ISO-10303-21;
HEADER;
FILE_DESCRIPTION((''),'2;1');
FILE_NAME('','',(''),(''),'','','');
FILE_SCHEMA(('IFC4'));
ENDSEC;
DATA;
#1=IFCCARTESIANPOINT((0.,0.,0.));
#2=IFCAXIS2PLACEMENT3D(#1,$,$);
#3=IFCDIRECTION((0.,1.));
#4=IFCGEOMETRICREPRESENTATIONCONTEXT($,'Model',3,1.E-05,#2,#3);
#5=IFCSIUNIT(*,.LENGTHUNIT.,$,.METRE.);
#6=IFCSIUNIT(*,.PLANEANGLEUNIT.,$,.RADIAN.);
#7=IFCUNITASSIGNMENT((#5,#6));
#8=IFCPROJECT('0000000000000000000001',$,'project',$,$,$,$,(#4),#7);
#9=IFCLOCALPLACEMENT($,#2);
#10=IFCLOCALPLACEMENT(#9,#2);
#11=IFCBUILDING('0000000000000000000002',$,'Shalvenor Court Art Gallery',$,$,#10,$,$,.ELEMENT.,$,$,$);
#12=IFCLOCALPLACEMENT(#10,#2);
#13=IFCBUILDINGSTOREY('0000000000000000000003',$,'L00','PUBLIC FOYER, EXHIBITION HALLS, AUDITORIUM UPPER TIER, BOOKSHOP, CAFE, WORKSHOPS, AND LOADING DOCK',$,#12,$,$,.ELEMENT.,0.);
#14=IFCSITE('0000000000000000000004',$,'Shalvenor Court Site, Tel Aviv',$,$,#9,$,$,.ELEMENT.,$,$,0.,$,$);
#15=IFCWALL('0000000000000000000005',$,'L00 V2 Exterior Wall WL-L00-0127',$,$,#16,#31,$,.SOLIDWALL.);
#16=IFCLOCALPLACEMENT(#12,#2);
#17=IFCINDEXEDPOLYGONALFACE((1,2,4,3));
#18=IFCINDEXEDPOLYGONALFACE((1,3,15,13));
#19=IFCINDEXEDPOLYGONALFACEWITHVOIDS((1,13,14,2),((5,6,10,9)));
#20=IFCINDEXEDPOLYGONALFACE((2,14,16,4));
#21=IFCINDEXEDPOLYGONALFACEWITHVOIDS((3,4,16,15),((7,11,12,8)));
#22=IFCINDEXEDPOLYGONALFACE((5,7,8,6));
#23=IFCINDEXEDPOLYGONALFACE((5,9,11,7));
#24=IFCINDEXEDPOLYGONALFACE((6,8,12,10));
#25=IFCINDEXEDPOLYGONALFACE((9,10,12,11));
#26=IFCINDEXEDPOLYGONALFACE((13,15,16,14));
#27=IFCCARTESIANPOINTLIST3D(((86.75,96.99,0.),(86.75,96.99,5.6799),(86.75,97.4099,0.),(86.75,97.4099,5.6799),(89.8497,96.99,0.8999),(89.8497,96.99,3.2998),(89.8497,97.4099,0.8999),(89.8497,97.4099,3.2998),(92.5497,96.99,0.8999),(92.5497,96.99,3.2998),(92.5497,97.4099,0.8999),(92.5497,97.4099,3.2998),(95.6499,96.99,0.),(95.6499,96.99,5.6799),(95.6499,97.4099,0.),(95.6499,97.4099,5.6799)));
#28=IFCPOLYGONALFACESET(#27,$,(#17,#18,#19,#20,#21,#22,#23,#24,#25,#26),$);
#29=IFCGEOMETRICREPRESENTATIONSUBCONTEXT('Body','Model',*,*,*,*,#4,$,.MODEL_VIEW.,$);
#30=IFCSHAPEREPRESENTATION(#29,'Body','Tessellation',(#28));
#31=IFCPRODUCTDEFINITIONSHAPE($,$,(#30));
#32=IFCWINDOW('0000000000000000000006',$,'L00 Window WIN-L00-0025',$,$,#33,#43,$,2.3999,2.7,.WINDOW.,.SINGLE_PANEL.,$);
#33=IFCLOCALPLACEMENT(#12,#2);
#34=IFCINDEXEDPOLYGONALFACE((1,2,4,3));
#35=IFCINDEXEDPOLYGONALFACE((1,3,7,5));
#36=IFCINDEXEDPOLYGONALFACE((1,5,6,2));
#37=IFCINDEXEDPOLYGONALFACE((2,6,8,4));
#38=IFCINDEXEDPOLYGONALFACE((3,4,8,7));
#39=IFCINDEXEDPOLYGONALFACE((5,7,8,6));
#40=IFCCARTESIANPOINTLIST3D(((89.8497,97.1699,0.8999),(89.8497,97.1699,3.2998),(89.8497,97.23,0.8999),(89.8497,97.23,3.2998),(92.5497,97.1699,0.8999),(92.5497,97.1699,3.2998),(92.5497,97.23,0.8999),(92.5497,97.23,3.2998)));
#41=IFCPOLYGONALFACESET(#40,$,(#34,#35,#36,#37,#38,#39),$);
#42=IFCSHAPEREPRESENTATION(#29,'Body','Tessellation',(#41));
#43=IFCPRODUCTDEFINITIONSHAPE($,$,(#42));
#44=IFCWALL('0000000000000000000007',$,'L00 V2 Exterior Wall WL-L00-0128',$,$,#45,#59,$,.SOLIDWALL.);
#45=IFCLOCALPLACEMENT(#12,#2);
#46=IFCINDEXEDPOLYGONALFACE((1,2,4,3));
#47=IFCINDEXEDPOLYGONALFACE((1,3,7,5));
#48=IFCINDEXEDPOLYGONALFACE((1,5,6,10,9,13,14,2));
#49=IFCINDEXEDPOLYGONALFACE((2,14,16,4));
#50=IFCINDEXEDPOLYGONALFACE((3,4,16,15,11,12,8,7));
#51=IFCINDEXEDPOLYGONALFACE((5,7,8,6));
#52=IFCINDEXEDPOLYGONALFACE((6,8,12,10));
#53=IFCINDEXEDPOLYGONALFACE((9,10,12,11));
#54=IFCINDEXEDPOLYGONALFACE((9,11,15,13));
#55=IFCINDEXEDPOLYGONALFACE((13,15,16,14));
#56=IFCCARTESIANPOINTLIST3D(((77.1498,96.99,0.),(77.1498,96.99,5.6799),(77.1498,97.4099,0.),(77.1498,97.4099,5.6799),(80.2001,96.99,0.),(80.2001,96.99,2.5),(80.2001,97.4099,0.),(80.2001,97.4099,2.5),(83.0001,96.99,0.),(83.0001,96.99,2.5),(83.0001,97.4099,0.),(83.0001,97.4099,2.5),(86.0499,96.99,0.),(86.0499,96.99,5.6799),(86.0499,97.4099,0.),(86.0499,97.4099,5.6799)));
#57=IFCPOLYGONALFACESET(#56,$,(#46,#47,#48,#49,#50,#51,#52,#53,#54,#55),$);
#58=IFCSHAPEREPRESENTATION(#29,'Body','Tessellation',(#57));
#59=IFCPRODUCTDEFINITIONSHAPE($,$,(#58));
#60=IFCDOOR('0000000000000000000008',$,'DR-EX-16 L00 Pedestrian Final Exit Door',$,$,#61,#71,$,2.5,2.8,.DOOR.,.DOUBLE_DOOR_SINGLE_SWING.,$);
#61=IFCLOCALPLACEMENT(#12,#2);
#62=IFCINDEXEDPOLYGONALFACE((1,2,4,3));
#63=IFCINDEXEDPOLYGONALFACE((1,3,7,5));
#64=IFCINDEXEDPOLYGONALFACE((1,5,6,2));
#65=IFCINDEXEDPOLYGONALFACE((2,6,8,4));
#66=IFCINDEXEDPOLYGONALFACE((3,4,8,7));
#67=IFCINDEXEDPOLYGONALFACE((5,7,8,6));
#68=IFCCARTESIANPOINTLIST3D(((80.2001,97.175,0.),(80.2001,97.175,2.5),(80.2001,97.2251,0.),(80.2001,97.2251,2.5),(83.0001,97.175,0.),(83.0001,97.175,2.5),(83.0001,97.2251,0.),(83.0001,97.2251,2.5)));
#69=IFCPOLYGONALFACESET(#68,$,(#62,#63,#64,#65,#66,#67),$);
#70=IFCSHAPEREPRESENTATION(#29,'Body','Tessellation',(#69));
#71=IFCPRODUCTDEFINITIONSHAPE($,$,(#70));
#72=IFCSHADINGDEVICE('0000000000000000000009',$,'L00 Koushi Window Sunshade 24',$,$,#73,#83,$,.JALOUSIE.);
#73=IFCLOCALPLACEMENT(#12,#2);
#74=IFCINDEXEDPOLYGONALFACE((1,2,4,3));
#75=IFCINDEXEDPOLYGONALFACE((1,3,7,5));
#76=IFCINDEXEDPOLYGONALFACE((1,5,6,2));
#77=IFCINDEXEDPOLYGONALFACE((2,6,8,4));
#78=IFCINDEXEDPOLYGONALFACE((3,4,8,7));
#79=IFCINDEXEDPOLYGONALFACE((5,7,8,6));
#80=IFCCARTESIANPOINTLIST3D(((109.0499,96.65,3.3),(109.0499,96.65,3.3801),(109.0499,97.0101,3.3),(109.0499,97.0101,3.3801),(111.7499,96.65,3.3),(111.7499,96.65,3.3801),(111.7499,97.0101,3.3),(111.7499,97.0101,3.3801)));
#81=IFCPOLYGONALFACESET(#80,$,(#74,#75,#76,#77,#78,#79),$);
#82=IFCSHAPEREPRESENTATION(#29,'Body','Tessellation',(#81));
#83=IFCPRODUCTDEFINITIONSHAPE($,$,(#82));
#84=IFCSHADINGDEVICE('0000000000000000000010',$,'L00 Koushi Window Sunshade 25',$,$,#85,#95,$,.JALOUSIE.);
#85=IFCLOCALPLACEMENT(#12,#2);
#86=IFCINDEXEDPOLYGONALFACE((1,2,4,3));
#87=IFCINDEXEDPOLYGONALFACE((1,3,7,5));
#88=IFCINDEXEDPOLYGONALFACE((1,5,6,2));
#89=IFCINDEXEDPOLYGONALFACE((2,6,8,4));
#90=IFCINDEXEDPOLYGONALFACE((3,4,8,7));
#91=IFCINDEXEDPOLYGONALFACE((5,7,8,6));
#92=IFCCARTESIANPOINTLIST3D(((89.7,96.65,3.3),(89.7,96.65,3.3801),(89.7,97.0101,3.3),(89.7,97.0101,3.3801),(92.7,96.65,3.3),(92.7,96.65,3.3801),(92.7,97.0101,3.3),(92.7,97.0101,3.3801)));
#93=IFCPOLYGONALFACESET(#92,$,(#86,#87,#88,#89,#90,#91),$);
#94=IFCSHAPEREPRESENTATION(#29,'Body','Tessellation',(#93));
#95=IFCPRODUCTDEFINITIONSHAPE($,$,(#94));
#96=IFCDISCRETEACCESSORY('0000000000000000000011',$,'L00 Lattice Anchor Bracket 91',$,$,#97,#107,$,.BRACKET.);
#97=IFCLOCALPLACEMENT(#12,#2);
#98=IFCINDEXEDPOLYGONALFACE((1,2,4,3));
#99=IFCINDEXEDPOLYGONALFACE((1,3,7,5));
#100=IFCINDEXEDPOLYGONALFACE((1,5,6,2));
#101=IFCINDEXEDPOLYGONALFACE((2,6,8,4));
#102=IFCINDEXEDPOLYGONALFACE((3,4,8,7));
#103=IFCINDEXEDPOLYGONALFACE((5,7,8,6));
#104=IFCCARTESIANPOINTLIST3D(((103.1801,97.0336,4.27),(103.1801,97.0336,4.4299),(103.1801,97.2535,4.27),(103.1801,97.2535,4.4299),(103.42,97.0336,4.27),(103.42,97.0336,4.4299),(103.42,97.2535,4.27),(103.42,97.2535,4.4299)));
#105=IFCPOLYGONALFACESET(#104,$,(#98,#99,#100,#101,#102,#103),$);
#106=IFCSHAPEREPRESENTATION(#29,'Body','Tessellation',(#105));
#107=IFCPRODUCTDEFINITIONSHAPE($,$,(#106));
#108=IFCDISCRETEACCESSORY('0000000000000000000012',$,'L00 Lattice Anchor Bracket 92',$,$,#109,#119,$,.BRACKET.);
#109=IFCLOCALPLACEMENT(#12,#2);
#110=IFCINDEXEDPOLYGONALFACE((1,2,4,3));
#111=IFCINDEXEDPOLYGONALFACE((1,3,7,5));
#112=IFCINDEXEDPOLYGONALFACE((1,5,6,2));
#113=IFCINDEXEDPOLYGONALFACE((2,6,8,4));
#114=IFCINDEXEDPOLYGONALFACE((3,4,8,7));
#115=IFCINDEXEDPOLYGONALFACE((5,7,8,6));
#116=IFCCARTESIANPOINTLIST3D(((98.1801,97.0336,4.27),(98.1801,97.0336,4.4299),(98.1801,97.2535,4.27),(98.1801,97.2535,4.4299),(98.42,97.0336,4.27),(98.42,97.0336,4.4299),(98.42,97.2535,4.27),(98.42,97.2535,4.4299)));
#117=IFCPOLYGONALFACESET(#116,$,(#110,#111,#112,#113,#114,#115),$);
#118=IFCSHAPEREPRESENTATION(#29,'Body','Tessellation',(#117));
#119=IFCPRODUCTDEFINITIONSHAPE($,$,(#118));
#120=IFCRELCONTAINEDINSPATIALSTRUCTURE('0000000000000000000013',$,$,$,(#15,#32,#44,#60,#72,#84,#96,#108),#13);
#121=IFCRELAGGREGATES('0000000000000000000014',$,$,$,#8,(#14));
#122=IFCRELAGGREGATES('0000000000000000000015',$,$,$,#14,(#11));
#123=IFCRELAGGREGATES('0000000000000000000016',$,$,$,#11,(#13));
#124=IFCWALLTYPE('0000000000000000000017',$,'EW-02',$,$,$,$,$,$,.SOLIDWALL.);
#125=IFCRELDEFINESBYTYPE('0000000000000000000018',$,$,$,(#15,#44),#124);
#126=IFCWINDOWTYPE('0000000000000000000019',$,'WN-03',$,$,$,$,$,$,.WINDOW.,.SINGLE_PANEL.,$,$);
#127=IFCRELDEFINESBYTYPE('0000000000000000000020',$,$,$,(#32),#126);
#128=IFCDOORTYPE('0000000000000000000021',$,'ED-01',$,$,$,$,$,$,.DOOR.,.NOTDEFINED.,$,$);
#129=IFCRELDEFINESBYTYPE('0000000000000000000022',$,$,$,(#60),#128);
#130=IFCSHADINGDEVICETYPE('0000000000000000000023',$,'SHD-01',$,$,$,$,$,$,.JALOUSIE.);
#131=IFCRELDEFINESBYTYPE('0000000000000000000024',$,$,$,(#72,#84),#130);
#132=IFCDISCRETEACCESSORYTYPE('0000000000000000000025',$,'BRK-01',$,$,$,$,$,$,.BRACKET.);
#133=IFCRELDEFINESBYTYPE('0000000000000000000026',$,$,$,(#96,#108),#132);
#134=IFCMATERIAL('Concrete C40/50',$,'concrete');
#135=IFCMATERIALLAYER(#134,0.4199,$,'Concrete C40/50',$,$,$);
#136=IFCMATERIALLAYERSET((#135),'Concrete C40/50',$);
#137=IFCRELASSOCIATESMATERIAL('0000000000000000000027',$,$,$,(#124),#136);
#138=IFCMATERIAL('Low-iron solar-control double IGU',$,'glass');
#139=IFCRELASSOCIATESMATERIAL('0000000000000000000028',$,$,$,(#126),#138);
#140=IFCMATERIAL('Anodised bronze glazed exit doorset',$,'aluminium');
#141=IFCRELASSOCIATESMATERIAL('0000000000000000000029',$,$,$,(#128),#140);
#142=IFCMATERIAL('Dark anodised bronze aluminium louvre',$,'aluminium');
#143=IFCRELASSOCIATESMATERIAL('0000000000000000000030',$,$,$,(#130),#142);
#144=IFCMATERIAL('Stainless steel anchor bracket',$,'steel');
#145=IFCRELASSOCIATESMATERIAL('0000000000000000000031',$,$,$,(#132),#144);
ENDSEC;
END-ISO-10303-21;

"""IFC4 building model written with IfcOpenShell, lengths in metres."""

from ifc_helpers import new_model, si_unit, direction, frame, frame_2d, origin, origin_2d, place, context, subcontext, project, spatial, rectangle, extrude, material, layer, layer_set, type_object, element, fill, save


model = new_model("IFC4")

# Units and contexts
model_context = context("Model", 3, precision=1e-05, world=origin(), true_north=direction((0.0, 1.0)))
body_context = subcontext(model_context, "Body", "Model", "MODEL_VIEW")
ifc_project = project(units=[si_unit("LENGTHUNIT", "METRE"), si_unit("PLANEANGLEUNIT", "RADIAN")], contexts=[model_context])

# Site, building, storey
site_placement = place(None, origin())
site = spatial("IfcSite", under=ifc_project, at=site_placement, Name="Shalvenor Court Site, Tel Aviv", CompositionType="ELEMENT", RefElevation=0.0)
building_placement = place(site_placement, origin())
building = spatial("IfcBuilding", under=site, at=building_placement, Name="Shalvenor Court Art Gallery", CompositionType="ELEMENT")
storey_placement = place(building_placement, origin())
storey = spatial("IfcBuildingStorey", under=building, at=storey_placement, Name="L00", Description="PUBLIC FOYER, EXHIBITION HALLS, AUDITORIUM UPPER TIER, BOOKSHOP, CAFE, WORKSHOPS, AND LOADING DOCK", CompositionType="ELEMENT", Elevation=0.0)

# Wall, opening, window
ifc_material_1 = material(Name="Concrete C40/50", Category="concrete")
ifc_layer_1 = layer(ifc_material_1, 0.4199, Name="Concrete C40/50")
ifc_layer_set_1 = layer_set([ifc_layer_1], Name="Concrete C40/50")
wall_type = type_object("IfcWallType", Name="EW-02", PredefinedType="SOLIDWALL", material=ifc_layer_set_1)
wall_1_placement = place(storey_placement, frame((95.6499, 97.2, 0.0), z_axis=(0.0, 0.0, 1.0), x_axis=(-1.0, 0.0, 0.0)))
wall_1 = element("IfcWall", 1, at=wall_1_placement, inside=storey, type_object=wall_type, Name="L00 V2 Exterior Wall WL-L00-0127", PredefinedType="SOLIDWALL", context=body_context, shape_type="SweptSolid", body=[
    extrude(rectangle(XDim=8.8999, YDim=0.4199, at=frame_2d((4.45, 0.0))), origin(), (0.0, 0.0, 1.0), 5.6799),
])
opening_1_placement = place(wall_1_placement, frame((3.1001, 0.0, 0.8999)))
opening_1 = element("IfcOpeningElement", 2, at=opening_1_placement, cuts=wall_1, PredefinedType="OPENING", context=body_context, shape_type="SweptSolid", body=[
    extrude(rectangle(XDim=2.7, YDim=2.3999, at=frame_2d((1.3501, 1.2))), frame((0.0, 0.22, 0.0), z_axis=(0.0, -1.0, 0.0), x_axis=(1.0, 0.0, 0.0)), (0.0, 0.0, 1.0), 0.4399),
])
ifc_material_2 = material(Name="Low-iron solar-control double IGU", Category="glass")
window_type = type_object("IfcWindowType", Name="WN-03", PartitioningType="SINGLE_PANEL", PredefinedType="WINDOW", material=ifc_material_2)
window_placement = place(opening_1_placement, origin())
window = element("IfcWindow", 3, at=window_placement, inside=storey, type_object=window_type, Name="L00 Window WIN-L00-0025", OverallHeight=2.3999, OverallWidth=2.7, PartitioningType="SINGLE_PANEL", PredefinedType="WINDOW", context=body_context, shape_type="SweptSolid", body=[
    extrude(rectangle(XDim=2.7, YDim=2.3999, at=frame_2d((1.3501, 1.2))), frame((0.0, 0.03, 0.0), z_axis=(0.0, -1.0, 0.0), x_axis=(1.0, 0.0, 0.0)), (0.0, 0.0, 1.0), 0.0601),
])
fill(opening_1, window)

# Wall, opening, door
wall_2_placement = place(storey_placement, frame((86.05, 97.2, 0.0), z_axis=(0.0, 0.0, 1.0), x_axis=(-1.0, 0.0, 0.0)))
wall_2 = element("IfcWall", 4, at=wall_2_placement, inside=storey, type_object=wall_type, Name="L00 V2 Exterior Wall WL-L00-0128", PredefinedType="SOLIDWALL", context=body_context, shape_type="SweptSolid", body=[
    extrude(rectangle(XDim=8.9001, YDim=0.4199, at=frame_2d((4.4502, 0.0))), origin(), (0.0, 0.0, 1.0), 5.6799),
])
opening_2_placement = place(wall_2_placement, frame((3.05, 0.0, 0.0)))
opening_2 = element("IfcOpeningElement", 5, at=opening_2_placement, cuts=wall_2, PredefinedType="OPENING", context=body_context, shape_type="SweptSolid", body=[
    extrude(rectangle(XDim=2.8, YDim=2.5, at=frame_2d((1.3999, 1.25))), frame((0.0, 0.22, 0.0), z_axis=(0.0, -1.0, 0.0), x_axis=(1.0, 0.0, 0.0)), (0.0, 0.0, 1.0), 0.4399),
])
ifc_material_3 = material(Name="Anodised bronze glazed exit doorset", Category="aluminium")
door_type = type_object("IfcDoorType", Name="ED-01", OperationType="NOTDEFINED", PredefinedType="DOOR", material=ifc_material_3)
door_placement = place(opening_2_placement, origin())
door = element("IfcDoor", 6, at=door_placement, inside=storey, type_object=door_type, Name="DR-EX-16 L00 Pedestrian Final Exit Door", OperationType="DOUBLE_DOOR_SINGLE_SWING", OverallHeight=2.5, OverallWidth=2.8, PredefinedType="DOOR", context=body_context, shape_type="SweptSolid", body=[
    extrude(rectangle(XDim=2.8, YDim=2.5, at=frame_2d((1.3999, 1.25))), frame((0.0, 0.0249, 0.0), z_axis=(0.0, -1.0, 0.0), x_axis=(1.0, 0.0, 0.0)), (0.0, 0.0, 1.0), 0.05),
])
fill(opening_2, door)

# Shading devices
ifc_material_4 = material(Name="Dark anodised bronze aluminium louvre", Category="aluminium")
shading_device_type = type_object("IfcShadingDeviceType", Name="SHD-01", PredefinedType="JALOUSIE", material=ifc_material_4)
shading_device_1_placement = place(storey_placement, frame((110.3999, 96.8301, 3.3), z_axis=(0.0, 0.0, 1.0), x_axis=(-1.0, 0.0, 0.0)))
element("IfcShadingDevice", 7, at=shading_device_1_placement, inside=storey, type_object=shading_device_type, Name="L00 Koushi Window Sunshade 24", PredefinedType="JALOUSIE", context=body_context, shape_type="SweptSolid", body=[
    extrude(rectangle(XDim=2.7, YDim=0.3601, at=origin_2d()), origin(), (0.0, 0.0, 1.0), 0.0801),
])
shading_device_2_placement = place(storey_placement, frame((91.2, 96.8301, 3.3), z_axis=(0.0, 0.0, 1.0), x_axis=(-1.0, 0.0, 0.0)))
element("IfcShadingDevice", 8, at=shading_device_2_placement, inside=storey, type_object=shading_device_type, Name="L00 Koushi Window Sunshade 25", PredefinedType="JALOUSIE", context=body_context, shape_type="SweptSolid", body=[
    extrude(rectangle(XDim=3.0, YDim=0.3601, at=origin_2d()), origin(), (0.0, 0.0, 1.0), 0.0801),
])

# Discrete accessories
ifc_material_5 = material(Name="Stainless steel anchor bracket", Category="steel")
discrete_accessory_type = type_object("IfcDiscreteAccessoryType", Name="BRK-01", PredefinedType="BRACKET", material=ifc_material_5)
for number, where, z_axis, x_axis, name in (
    (9, (103.3, 97.1436, 4.27), (0.0, 0.0, 1.0), (-1.0, 0.0, 0.0), "L00 Lattice Anchor Bracket 91"),
    (10, (98.3, 97.1436, 4.27), (0.0, 0.0, 1.0), (-1.0, 0.0, 0.0), "L00 Lattice Anchor Bracket 92"),
):
    element("IfcDiscreteAccessory", number, at=place(storey_placement, frame(where, z_axis=z_axis, x_axis=x_axis)), inside=storey, type_object=discrete_accessory_type, Name=name, PredefinedType="BRACKET", context=body_context, shape_type="SweptSolid", body=[
        extrude(rectangle(XDim=0.24, YDim=0.22, at=origin_2d()), origin(), (0.0, 0.0, 1.0), 0.1599),
    ])

save(model, "model.ifc")
